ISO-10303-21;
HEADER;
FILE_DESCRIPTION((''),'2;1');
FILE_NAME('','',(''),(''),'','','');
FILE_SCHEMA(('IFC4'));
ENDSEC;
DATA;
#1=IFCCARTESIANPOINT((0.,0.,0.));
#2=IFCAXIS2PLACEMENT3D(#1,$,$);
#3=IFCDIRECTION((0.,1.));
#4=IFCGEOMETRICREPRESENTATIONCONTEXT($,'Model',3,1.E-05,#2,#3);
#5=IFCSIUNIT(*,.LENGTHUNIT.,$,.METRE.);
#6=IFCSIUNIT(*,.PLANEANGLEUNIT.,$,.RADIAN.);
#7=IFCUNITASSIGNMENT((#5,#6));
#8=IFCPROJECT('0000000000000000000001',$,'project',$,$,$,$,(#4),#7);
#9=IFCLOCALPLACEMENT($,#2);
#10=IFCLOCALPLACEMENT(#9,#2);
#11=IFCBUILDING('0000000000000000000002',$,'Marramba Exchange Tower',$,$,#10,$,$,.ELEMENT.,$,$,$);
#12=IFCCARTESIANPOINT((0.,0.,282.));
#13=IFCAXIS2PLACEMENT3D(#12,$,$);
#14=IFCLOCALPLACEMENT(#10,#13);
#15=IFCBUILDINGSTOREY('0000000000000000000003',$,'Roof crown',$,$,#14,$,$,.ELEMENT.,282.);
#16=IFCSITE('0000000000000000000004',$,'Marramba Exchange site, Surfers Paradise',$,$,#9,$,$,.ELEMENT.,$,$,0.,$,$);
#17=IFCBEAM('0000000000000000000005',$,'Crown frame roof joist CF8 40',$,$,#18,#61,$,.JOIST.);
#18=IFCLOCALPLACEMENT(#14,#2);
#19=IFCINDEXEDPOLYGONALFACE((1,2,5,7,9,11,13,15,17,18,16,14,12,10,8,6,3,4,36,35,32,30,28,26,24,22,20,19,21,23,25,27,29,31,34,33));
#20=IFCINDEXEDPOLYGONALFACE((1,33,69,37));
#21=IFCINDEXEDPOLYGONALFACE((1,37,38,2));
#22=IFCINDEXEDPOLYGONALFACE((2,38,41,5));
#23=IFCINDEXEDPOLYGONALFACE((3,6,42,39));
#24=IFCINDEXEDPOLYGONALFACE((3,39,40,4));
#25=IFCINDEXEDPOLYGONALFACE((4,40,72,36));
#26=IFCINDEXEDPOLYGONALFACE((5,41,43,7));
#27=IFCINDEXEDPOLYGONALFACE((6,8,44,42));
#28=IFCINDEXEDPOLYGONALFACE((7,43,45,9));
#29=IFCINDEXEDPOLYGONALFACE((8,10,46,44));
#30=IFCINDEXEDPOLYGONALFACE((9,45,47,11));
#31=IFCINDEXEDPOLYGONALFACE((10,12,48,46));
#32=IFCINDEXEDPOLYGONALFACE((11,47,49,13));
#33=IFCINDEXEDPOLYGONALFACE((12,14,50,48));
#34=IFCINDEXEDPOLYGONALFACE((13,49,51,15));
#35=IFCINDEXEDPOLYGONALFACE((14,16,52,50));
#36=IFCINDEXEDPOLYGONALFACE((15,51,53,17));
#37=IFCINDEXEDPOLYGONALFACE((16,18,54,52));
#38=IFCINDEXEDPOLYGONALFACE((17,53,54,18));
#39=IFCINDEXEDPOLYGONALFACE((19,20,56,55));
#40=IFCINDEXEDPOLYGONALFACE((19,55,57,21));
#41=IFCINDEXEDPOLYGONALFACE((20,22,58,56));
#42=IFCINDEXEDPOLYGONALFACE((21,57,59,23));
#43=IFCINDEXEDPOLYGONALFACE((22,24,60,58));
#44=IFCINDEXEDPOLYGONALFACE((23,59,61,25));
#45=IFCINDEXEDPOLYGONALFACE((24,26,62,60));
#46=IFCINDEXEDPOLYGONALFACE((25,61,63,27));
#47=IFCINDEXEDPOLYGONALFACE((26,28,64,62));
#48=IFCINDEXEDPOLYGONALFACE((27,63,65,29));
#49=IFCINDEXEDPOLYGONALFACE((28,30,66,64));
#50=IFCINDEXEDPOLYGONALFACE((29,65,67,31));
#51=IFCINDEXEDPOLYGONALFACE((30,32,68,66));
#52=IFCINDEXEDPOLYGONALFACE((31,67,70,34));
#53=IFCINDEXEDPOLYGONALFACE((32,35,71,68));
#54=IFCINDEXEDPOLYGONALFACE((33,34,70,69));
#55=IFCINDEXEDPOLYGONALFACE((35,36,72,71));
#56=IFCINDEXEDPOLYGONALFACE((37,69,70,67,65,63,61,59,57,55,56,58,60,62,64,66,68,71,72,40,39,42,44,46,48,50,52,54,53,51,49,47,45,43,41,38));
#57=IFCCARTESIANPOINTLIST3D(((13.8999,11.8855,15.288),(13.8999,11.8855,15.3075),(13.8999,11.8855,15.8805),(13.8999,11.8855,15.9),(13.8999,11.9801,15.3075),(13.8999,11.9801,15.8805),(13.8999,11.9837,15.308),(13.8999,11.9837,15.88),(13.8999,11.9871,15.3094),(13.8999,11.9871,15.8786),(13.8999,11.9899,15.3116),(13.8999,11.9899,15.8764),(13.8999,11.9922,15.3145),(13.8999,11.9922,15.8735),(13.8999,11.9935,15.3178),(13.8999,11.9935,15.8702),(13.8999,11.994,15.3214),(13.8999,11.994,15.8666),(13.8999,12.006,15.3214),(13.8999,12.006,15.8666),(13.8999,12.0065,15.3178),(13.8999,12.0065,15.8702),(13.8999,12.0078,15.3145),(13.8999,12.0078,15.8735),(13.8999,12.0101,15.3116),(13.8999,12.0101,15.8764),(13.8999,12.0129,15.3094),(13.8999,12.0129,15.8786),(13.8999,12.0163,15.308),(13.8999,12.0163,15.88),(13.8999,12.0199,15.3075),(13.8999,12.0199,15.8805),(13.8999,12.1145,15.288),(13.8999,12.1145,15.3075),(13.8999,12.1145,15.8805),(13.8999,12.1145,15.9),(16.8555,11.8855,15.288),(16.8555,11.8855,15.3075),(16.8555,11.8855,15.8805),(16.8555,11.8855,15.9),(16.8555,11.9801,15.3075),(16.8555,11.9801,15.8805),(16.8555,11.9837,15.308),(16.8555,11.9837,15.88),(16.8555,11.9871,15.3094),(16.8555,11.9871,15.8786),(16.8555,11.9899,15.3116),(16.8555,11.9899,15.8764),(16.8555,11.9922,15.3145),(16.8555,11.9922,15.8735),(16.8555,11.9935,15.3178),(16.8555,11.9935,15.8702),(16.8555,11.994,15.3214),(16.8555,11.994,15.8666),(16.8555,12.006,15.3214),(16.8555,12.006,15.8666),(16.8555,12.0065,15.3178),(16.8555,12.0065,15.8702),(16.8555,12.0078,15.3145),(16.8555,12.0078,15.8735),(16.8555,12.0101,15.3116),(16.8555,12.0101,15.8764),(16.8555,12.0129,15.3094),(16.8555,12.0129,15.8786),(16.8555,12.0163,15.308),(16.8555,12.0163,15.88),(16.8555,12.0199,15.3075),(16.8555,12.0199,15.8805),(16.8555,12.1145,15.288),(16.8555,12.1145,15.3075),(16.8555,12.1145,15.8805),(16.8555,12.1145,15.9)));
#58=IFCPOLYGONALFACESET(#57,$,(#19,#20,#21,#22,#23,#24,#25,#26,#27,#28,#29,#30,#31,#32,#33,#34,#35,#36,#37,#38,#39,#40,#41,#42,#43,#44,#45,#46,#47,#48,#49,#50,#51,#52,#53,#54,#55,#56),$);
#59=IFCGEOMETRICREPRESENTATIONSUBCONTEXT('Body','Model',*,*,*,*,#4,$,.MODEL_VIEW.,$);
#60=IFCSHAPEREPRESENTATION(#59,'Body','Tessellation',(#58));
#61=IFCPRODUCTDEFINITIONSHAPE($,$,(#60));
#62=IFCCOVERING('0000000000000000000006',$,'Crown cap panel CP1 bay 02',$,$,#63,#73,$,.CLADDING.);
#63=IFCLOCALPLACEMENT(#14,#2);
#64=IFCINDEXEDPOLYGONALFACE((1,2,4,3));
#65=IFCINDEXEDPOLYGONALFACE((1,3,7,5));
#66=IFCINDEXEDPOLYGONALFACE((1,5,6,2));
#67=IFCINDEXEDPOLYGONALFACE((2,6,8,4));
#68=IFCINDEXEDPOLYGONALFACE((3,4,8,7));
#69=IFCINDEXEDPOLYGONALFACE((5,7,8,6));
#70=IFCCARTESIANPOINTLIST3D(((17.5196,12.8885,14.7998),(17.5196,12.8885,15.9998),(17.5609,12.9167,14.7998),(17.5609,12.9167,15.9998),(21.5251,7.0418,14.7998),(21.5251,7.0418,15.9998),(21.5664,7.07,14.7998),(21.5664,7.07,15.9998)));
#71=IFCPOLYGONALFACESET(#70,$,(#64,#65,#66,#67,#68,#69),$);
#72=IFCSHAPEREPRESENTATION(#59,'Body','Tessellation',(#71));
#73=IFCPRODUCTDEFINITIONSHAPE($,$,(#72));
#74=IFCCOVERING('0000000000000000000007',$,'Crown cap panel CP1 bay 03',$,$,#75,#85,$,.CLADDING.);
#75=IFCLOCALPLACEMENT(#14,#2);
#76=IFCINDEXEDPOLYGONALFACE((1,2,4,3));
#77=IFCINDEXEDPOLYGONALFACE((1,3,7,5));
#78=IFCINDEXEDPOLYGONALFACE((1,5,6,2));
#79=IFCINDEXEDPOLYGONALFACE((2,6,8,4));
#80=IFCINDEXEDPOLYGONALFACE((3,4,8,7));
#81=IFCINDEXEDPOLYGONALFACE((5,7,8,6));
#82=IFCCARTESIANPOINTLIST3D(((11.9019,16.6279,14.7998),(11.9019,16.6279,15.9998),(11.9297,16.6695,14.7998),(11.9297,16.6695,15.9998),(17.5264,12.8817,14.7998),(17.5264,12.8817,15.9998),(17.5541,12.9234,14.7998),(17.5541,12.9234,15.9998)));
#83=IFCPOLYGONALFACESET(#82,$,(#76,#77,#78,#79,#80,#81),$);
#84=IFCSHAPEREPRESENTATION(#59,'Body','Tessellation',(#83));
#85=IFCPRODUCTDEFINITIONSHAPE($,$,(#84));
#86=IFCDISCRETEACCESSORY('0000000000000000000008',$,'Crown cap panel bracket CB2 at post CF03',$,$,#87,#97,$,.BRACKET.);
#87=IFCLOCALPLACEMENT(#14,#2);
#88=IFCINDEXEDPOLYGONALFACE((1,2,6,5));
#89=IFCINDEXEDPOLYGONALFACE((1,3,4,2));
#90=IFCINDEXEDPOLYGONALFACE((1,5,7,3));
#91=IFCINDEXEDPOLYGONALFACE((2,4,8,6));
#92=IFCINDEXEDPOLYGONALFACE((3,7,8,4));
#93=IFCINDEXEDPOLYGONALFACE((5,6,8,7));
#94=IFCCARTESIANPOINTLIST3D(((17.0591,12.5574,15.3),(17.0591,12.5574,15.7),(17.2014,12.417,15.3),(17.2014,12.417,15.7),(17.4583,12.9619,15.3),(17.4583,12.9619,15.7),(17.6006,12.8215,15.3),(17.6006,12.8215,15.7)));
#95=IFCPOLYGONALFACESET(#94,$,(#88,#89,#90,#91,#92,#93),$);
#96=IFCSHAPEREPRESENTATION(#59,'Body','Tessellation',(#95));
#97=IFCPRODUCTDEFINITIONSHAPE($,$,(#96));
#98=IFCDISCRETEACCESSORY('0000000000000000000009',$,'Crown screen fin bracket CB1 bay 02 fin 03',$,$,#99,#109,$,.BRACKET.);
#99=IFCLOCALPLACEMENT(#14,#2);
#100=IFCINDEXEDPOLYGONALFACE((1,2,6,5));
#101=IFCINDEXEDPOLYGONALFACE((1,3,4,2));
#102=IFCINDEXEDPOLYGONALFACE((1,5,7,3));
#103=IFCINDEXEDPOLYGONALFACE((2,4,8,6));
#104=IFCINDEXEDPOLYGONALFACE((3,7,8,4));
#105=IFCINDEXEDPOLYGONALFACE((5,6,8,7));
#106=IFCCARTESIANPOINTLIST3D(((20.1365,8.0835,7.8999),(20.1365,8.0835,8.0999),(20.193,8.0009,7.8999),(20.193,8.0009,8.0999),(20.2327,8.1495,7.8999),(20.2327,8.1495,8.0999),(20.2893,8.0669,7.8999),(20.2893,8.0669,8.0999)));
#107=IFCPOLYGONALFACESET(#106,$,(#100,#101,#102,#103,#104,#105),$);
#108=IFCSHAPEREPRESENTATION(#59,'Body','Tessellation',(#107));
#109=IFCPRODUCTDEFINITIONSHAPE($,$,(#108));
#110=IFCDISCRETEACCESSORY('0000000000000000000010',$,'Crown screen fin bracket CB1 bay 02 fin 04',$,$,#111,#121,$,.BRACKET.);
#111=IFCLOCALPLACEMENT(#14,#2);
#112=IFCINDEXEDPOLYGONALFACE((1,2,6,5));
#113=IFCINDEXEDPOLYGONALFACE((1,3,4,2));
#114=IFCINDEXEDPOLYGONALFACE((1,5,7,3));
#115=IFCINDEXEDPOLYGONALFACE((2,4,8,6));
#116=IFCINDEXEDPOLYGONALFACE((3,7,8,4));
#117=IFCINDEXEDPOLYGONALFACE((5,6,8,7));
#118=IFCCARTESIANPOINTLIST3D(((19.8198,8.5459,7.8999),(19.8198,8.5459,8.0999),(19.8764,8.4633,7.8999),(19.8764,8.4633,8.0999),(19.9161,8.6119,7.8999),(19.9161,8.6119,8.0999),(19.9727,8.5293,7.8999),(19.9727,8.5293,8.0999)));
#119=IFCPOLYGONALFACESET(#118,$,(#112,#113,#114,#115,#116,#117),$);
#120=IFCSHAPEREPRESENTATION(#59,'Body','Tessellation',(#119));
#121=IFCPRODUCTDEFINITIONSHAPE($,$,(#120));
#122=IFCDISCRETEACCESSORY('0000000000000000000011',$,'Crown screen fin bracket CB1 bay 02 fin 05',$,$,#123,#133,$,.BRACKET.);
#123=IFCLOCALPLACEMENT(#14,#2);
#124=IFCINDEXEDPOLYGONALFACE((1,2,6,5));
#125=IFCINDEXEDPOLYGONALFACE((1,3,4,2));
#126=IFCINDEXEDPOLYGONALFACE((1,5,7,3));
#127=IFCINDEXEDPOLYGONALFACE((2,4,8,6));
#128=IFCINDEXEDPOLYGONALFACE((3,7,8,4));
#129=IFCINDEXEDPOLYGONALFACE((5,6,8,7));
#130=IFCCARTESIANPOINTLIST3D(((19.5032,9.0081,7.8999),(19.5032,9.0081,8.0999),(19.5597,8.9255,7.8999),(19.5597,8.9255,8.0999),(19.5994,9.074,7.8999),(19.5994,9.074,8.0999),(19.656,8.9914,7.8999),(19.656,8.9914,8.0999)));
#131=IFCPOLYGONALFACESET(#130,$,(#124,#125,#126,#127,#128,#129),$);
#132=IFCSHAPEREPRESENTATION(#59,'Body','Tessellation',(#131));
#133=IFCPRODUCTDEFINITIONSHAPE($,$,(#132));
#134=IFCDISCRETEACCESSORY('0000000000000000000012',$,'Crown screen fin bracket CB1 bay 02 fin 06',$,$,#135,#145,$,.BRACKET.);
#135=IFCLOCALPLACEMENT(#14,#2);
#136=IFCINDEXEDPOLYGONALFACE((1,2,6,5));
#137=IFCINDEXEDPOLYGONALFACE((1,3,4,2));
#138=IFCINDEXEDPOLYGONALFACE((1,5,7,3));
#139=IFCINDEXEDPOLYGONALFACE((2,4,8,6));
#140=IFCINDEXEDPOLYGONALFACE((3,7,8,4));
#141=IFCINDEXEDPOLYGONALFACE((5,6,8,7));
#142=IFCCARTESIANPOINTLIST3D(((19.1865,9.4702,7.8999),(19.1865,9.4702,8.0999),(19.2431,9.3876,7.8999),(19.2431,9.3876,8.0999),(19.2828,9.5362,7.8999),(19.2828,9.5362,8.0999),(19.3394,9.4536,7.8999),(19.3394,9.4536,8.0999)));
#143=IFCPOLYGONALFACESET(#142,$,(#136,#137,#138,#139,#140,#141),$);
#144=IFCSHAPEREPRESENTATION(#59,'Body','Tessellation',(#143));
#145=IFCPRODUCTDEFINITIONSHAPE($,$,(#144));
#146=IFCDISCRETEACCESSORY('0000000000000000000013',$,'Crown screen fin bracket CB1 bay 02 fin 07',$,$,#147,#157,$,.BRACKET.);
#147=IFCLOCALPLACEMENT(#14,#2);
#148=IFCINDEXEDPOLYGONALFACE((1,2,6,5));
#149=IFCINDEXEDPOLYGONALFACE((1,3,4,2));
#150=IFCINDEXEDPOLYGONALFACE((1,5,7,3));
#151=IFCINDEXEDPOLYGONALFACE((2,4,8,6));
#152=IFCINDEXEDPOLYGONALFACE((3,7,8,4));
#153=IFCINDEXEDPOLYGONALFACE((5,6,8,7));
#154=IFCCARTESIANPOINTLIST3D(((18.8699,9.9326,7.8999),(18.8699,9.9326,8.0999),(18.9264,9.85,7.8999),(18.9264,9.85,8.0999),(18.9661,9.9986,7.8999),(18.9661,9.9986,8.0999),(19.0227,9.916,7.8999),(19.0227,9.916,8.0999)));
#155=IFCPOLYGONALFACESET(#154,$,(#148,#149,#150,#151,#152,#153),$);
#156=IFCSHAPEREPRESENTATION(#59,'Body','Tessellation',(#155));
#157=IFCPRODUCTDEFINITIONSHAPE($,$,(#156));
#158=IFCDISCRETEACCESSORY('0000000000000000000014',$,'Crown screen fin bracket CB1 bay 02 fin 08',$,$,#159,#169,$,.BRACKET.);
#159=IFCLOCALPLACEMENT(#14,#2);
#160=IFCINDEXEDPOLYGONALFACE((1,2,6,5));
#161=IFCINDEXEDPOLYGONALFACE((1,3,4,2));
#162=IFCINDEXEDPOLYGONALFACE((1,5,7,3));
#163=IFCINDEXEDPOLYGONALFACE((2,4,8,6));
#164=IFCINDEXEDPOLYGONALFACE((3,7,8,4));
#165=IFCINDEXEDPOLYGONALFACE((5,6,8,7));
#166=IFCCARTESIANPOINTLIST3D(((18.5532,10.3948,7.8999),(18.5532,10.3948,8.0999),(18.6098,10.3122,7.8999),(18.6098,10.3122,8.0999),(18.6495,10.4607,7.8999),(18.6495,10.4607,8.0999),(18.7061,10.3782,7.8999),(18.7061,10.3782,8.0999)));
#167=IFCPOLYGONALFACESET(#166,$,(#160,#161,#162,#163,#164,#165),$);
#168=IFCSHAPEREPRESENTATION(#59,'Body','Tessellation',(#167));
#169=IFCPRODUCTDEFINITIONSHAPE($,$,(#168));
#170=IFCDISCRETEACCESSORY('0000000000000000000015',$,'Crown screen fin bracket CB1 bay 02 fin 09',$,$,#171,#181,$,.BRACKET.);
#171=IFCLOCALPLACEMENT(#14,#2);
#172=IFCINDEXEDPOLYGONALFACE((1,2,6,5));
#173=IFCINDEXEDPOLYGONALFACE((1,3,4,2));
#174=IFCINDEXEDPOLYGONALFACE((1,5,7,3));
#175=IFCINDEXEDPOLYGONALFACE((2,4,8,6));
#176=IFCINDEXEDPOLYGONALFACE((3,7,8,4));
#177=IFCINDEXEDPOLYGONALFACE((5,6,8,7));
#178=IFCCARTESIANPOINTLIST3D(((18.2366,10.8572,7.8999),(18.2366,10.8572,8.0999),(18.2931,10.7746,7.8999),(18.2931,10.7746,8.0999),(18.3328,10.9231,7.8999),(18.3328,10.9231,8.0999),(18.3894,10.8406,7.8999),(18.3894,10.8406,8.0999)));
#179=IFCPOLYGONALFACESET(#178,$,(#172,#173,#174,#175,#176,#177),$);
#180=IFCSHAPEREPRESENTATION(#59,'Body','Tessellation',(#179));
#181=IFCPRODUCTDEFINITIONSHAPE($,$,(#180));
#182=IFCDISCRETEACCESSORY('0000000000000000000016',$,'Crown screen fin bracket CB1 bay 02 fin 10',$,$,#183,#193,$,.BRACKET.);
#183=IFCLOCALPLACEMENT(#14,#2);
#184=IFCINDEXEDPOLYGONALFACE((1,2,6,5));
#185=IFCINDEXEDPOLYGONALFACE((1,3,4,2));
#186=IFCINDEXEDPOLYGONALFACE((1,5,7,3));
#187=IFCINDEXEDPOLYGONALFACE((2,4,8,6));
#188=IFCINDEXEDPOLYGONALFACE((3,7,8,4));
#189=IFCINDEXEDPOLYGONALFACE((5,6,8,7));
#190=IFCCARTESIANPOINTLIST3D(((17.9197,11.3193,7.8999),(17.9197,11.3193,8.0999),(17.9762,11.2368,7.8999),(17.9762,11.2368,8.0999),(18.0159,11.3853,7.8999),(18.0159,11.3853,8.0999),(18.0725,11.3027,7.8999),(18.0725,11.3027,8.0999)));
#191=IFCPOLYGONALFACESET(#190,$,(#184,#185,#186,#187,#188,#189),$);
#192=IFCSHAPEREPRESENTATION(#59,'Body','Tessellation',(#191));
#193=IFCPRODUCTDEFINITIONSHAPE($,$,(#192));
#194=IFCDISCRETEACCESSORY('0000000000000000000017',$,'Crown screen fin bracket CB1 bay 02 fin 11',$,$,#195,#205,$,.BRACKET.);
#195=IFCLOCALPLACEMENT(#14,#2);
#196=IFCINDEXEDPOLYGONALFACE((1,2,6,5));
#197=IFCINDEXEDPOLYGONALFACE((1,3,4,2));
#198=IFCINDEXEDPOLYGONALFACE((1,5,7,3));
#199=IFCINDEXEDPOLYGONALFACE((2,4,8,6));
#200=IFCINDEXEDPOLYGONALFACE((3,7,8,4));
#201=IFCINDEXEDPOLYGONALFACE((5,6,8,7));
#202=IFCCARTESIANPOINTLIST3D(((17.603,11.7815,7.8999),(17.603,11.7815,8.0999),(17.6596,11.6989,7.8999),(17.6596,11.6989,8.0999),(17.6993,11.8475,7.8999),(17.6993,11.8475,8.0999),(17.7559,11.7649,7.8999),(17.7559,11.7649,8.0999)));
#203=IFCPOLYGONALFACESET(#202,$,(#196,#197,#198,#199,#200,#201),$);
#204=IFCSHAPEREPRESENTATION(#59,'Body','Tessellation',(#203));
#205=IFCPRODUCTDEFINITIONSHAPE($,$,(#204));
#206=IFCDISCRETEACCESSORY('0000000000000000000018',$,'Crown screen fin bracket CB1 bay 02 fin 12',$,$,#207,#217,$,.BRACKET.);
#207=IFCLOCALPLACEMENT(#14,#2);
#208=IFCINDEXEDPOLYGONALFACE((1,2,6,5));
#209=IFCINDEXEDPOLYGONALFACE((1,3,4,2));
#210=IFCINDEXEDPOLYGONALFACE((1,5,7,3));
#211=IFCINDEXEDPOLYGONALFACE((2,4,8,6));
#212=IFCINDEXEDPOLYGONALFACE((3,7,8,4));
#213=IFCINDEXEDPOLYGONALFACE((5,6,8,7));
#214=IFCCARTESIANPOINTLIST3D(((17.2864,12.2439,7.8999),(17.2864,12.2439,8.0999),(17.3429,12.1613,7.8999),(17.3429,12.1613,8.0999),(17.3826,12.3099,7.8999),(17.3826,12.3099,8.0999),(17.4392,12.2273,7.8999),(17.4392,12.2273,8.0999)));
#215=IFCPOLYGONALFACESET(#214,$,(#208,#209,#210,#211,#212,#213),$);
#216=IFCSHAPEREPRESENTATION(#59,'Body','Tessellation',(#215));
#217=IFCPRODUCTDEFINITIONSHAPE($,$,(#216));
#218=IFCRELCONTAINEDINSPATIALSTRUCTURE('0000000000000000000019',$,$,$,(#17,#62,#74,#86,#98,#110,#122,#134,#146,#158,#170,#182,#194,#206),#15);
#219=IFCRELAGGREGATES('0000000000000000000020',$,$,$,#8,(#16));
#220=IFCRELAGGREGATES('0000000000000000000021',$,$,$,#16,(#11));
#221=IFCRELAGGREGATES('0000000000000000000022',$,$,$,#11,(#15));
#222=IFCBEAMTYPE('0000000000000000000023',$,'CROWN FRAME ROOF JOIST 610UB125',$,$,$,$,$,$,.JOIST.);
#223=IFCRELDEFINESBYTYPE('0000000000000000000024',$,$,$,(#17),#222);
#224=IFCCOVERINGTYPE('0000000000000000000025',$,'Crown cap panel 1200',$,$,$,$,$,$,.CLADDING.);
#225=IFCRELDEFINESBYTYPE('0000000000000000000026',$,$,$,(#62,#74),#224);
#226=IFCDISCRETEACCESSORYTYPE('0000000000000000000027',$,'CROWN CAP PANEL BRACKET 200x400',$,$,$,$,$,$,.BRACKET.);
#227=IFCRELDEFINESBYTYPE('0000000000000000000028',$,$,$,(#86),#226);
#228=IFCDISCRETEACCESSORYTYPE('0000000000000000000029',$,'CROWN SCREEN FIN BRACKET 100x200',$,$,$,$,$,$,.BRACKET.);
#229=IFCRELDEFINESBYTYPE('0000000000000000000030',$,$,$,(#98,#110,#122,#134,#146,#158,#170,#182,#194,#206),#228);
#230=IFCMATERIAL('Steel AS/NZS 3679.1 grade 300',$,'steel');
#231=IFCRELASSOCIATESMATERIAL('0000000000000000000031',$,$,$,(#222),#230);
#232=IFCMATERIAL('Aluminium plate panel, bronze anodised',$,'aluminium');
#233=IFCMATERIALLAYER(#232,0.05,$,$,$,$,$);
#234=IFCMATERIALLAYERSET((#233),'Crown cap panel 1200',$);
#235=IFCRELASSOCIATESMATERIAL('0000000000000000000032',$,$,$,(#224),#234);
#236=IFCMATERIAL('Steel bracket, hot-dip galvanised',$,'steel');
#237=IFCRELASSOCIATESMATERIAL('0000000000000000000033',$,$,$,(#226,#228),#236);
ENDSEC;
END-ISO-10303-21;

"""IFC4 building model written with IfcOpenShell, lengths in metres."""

from ifc_helpers import new_model, si_unit, direction, frame, origin, origin_2d, place, context, subcontext, project, spatial, rectangle, i_section, extrude, material, layer, layer_set, material_profile, profile_set, type_object, element, save


model = new_model("IFC4")

# Units and contexts
model_context = context("Model", 3, precision=1e-05, world=origin(), true_north=direction((0.0, 1.0)))
body_context = subcontext(model_context, "Body", "Model", "MODEL_VIEW")
ifc_project = project(units=[si_unit("LENGTHUNIT", "METRE"), si_unit("PLANEANGLEUNIT", "RADIAN")], contexts=[model_context])

# Site, building, storey
site_placement = place(None, origin())
site = spatial("IfcSite", under=ifc_project, at=site_placement, Name="Marramba Exchange site, Surfers Paradise", CompositionType="ELEMENT", RefElevation=0.0)
building_placement = place(site_placement, origin())
building = spatial("IfcBuilding", under=site, at=building_placement, Name="Marramba Exchange Tower", CompositionType="ELEMENT")
storey_placement = place(building_placement, frame((0.0, 0.0, 282.0)))
storey = spatial("IfcBuildingStorey", under=building, at=storey_placement, Name="Roof crown", CompositionType="ELEMENT", Elevation=282.0)

# Beam
ifc_material_1 = material(Name="Steel AS/NZS 3679.1 grade 300", Category="steel")
ifc_material_profile_1 = material_profile(ifc_material_1, i_section(OverallWidth=0.229, OverallDepth=0.6121, WebThickness=0.012, FlangeThickness=0.0195, FilletRadius=0.0139, at=origin_2d()), Name="610UB125")
ifc_profile_set_1 = profile_set([ifc_material_profile_1], Name="Steel AS/NZS 3679.1 grade 300")
beam_type_1 = type_object("IfcBeamType", Name="CROWN FRAME ROOF JOIST 610UB125", PredefinedType="JOIST", material=ifc_profile_set_1)
beam_1_placement = place(storey_placement, frame((13.8999, 12.0, 15.594), z_axis=(1.0, 0.0, 0.0), x_axis=(0.0, 1.0, 0.0)))
element("IfcBeam", 1, at=beam_1_placement, inside=storey, type_object=beam_type_1, Name="Crown frame roof joist CF8 40", PredefinedType="JOIST", context=body_context, shape_type="SweptSolid", body=[
    extrude(i_section(OverallWidth=0.229, OverallDepth=0.6121, WebThickness=0.012, FlangeThickness=0.0195, FilletRadius=0.0139, at=origin_2d()), origin(), (0.0, 0.0, 1.0), 2.9556),
])

# Coverings
ifc_material_2 = material(Name="Aluminium plate panel, bronze anodised", Category="aluminium")
ifc_layer = layer(ifc_material_2, 0.05)
ifc_layer_set = layer_set([ifc_layer], Name="Crown cap panel 1200")
covering_type = type_object("IfcCoveringType", Name="Crown cap panel 1200", PredefinedType="CLADDING", material=ifc_layer_set)
covering_1_placement = place(storey_placement, frame((19.543, 9.9792, 14.7998), z_axis=(0.0, 0.0, 1.0), x_axis=(-0.565176, 0.82497, 0.0)))
element("IfcCovering", 2, at=covering_1_placement, inside=storey, type_object=covering_type, Name="Crown cap panel CP1 bay 02", PredefinedType="CLADDING", context=body_context, shape_type="SweptSolid", body=[
    extrude(rectangle(XDim=7.0872, YDim=0.05, at=origin_2d()), origin(), (0.0, 0.0, 1.0), 1.2),
])
covering_2_placement = place(storey_placement, frame((14.728, 14.7756, 14.7998), z_axis=(0.0, 0.0, 1.0), x_axis=(-0.832289, 0.554342, 0.0)))
element("IfcCovering", 3, at=covering_2_placement, inside=storey, type_object=covering_type, Name="Crown cap panel CP1 bay 03", PredefinedType="CLADDING", context=body_context, shape_type="SweptSolid", body=[
    extrude(rectangle(XDim=6.7578, YDim=0.05, at=origin_2d()), origin(), (0.0, 0.0, 1.0), 1.2),
])

# Discrete accessories
ifc_material_3 = material(Name="Steel bracket, hot-dip galvanised", Category="steel")
discrete_accessory_type_1 = type_object("IfcDiscreteAccessoryType", Name="CROWN CAP PANEL BRACKET 200x400", PredefinedType="BRACKET", material=ifc_material_3)
discrete_accessory_placement = place(storey_placement, frame((17.3298, 12.6895, 15.3), z_axis=(0.0, 0.0, 1.0), x_axis=(0.702469, 0.711714, 0.0)))
element("IfcDiscreteAccessory", 4, at=discrete_accessory_placement, inside=storey, type_object=discrete_accessory_type_1, Name="Crown cap panel bracket CB2 at post CF03", PredefinedType="BRACKET", context=body_context, shape_type="SweptSolid", body=[
    extrude(rectangle(XDim=0.5684, YDim=0.2, at=origin_2d()), origin(), (0.0, 0.0, 1.0), 0.3999),
])
discrete_accessory_type_2 = type_object("IfcDiscreteAccessoryType", Name="CROWN SCREEN FIN BRACKET 100x200", PredefinedType="BRACKET", material=ifc_material_3)
for number, where, z_axis, x_axis, name in (
    (5, (20.2129, 8.0752, 7.8999), (0.0, 0.0, 1.0), (-0.565176, 0.82497, 0.0), "Crown screen fin bracket CB1 bay 02 fin 03"),
    (6, (19.8962, 8.5376, 7.8999), (0.0, 0.0, 1.0), (-0.565176, 0.82497, 0.0), "Crown screen fin bracket CB1 bay 02 fin 04"),
    (7, (19.5796, 8.9998, 7.8999), (0.0, 0.0, 1.0), (-0.565176, 0.82497, 0.0), "Crown screen fin bracket CB1 bay 02 fin 05"),
    (8, (19.2629, 9.4619, 7.8999), (0.0, 0.0, 1.0), (-0.565176, 0.82497, 0.0), "Crown screen fin bracket CB1 bay 02 fin 06"),
    (9, (18.9463, 9.9243, 7.8999), (0.0, 0.0, 1.0), (-0.565176, 0.82497, 0.0), "Crown screen fin bracket CB1 bay 02 fin 07"),
    (10, (18.6296, 10.3865, 7.8999), (0.0, 0.0, 1.0), (-0.565176, 0.82497, 0.0), "Crown screen fin bracket CB1 bay 02 fin 08"),
    (11, (18.313, 10.8489, 7.8999), (0.0, 0.0, 1.0), (-0.565176, 0.82497, 0.0), "Crown screen fin bracket CB1 bay 02 fin 09"),
    (12, (17.9961, 11.311, 7.8999), (0.0, 0.0, 1.0), (-0.565176, 0.82497, 0.0), "Crown screen fin bracket CB1 bay 02 fin 10"),
    (13, (17.6794, 11.7732, 7.8999), (0.0, 0.0, 1.0), (-0.565176, 0.82497, 0.0), "Crown screen fin bracket CB1 bay 02 fin 11"),
    (14, (17.3628, 12.2356, 7.8999), (0.0, 0.0, 1.0), (-0.565176, 0.82497, 0.0), "Crown screen fin bracket CB1 bay 02 fin 12"),
):
    element("IfcDiscreteAccessory", number, at=place(storey_placement, frame(where, z_axis=z_axis, x_axis=x_axis)), inside=storey, type_object=discrete_accessory_type_2, Name=name, PredefinedType="BRACKET", context=body_context, shape_type="SweptSolid", body=[
        extrude(rectangle(XDim=0.1001, YDim=0.1167, at=origin_2d()), origin(), (0.0, 0.0, 1.0), 0.2),
    ])

save(model, "model.ifc")
